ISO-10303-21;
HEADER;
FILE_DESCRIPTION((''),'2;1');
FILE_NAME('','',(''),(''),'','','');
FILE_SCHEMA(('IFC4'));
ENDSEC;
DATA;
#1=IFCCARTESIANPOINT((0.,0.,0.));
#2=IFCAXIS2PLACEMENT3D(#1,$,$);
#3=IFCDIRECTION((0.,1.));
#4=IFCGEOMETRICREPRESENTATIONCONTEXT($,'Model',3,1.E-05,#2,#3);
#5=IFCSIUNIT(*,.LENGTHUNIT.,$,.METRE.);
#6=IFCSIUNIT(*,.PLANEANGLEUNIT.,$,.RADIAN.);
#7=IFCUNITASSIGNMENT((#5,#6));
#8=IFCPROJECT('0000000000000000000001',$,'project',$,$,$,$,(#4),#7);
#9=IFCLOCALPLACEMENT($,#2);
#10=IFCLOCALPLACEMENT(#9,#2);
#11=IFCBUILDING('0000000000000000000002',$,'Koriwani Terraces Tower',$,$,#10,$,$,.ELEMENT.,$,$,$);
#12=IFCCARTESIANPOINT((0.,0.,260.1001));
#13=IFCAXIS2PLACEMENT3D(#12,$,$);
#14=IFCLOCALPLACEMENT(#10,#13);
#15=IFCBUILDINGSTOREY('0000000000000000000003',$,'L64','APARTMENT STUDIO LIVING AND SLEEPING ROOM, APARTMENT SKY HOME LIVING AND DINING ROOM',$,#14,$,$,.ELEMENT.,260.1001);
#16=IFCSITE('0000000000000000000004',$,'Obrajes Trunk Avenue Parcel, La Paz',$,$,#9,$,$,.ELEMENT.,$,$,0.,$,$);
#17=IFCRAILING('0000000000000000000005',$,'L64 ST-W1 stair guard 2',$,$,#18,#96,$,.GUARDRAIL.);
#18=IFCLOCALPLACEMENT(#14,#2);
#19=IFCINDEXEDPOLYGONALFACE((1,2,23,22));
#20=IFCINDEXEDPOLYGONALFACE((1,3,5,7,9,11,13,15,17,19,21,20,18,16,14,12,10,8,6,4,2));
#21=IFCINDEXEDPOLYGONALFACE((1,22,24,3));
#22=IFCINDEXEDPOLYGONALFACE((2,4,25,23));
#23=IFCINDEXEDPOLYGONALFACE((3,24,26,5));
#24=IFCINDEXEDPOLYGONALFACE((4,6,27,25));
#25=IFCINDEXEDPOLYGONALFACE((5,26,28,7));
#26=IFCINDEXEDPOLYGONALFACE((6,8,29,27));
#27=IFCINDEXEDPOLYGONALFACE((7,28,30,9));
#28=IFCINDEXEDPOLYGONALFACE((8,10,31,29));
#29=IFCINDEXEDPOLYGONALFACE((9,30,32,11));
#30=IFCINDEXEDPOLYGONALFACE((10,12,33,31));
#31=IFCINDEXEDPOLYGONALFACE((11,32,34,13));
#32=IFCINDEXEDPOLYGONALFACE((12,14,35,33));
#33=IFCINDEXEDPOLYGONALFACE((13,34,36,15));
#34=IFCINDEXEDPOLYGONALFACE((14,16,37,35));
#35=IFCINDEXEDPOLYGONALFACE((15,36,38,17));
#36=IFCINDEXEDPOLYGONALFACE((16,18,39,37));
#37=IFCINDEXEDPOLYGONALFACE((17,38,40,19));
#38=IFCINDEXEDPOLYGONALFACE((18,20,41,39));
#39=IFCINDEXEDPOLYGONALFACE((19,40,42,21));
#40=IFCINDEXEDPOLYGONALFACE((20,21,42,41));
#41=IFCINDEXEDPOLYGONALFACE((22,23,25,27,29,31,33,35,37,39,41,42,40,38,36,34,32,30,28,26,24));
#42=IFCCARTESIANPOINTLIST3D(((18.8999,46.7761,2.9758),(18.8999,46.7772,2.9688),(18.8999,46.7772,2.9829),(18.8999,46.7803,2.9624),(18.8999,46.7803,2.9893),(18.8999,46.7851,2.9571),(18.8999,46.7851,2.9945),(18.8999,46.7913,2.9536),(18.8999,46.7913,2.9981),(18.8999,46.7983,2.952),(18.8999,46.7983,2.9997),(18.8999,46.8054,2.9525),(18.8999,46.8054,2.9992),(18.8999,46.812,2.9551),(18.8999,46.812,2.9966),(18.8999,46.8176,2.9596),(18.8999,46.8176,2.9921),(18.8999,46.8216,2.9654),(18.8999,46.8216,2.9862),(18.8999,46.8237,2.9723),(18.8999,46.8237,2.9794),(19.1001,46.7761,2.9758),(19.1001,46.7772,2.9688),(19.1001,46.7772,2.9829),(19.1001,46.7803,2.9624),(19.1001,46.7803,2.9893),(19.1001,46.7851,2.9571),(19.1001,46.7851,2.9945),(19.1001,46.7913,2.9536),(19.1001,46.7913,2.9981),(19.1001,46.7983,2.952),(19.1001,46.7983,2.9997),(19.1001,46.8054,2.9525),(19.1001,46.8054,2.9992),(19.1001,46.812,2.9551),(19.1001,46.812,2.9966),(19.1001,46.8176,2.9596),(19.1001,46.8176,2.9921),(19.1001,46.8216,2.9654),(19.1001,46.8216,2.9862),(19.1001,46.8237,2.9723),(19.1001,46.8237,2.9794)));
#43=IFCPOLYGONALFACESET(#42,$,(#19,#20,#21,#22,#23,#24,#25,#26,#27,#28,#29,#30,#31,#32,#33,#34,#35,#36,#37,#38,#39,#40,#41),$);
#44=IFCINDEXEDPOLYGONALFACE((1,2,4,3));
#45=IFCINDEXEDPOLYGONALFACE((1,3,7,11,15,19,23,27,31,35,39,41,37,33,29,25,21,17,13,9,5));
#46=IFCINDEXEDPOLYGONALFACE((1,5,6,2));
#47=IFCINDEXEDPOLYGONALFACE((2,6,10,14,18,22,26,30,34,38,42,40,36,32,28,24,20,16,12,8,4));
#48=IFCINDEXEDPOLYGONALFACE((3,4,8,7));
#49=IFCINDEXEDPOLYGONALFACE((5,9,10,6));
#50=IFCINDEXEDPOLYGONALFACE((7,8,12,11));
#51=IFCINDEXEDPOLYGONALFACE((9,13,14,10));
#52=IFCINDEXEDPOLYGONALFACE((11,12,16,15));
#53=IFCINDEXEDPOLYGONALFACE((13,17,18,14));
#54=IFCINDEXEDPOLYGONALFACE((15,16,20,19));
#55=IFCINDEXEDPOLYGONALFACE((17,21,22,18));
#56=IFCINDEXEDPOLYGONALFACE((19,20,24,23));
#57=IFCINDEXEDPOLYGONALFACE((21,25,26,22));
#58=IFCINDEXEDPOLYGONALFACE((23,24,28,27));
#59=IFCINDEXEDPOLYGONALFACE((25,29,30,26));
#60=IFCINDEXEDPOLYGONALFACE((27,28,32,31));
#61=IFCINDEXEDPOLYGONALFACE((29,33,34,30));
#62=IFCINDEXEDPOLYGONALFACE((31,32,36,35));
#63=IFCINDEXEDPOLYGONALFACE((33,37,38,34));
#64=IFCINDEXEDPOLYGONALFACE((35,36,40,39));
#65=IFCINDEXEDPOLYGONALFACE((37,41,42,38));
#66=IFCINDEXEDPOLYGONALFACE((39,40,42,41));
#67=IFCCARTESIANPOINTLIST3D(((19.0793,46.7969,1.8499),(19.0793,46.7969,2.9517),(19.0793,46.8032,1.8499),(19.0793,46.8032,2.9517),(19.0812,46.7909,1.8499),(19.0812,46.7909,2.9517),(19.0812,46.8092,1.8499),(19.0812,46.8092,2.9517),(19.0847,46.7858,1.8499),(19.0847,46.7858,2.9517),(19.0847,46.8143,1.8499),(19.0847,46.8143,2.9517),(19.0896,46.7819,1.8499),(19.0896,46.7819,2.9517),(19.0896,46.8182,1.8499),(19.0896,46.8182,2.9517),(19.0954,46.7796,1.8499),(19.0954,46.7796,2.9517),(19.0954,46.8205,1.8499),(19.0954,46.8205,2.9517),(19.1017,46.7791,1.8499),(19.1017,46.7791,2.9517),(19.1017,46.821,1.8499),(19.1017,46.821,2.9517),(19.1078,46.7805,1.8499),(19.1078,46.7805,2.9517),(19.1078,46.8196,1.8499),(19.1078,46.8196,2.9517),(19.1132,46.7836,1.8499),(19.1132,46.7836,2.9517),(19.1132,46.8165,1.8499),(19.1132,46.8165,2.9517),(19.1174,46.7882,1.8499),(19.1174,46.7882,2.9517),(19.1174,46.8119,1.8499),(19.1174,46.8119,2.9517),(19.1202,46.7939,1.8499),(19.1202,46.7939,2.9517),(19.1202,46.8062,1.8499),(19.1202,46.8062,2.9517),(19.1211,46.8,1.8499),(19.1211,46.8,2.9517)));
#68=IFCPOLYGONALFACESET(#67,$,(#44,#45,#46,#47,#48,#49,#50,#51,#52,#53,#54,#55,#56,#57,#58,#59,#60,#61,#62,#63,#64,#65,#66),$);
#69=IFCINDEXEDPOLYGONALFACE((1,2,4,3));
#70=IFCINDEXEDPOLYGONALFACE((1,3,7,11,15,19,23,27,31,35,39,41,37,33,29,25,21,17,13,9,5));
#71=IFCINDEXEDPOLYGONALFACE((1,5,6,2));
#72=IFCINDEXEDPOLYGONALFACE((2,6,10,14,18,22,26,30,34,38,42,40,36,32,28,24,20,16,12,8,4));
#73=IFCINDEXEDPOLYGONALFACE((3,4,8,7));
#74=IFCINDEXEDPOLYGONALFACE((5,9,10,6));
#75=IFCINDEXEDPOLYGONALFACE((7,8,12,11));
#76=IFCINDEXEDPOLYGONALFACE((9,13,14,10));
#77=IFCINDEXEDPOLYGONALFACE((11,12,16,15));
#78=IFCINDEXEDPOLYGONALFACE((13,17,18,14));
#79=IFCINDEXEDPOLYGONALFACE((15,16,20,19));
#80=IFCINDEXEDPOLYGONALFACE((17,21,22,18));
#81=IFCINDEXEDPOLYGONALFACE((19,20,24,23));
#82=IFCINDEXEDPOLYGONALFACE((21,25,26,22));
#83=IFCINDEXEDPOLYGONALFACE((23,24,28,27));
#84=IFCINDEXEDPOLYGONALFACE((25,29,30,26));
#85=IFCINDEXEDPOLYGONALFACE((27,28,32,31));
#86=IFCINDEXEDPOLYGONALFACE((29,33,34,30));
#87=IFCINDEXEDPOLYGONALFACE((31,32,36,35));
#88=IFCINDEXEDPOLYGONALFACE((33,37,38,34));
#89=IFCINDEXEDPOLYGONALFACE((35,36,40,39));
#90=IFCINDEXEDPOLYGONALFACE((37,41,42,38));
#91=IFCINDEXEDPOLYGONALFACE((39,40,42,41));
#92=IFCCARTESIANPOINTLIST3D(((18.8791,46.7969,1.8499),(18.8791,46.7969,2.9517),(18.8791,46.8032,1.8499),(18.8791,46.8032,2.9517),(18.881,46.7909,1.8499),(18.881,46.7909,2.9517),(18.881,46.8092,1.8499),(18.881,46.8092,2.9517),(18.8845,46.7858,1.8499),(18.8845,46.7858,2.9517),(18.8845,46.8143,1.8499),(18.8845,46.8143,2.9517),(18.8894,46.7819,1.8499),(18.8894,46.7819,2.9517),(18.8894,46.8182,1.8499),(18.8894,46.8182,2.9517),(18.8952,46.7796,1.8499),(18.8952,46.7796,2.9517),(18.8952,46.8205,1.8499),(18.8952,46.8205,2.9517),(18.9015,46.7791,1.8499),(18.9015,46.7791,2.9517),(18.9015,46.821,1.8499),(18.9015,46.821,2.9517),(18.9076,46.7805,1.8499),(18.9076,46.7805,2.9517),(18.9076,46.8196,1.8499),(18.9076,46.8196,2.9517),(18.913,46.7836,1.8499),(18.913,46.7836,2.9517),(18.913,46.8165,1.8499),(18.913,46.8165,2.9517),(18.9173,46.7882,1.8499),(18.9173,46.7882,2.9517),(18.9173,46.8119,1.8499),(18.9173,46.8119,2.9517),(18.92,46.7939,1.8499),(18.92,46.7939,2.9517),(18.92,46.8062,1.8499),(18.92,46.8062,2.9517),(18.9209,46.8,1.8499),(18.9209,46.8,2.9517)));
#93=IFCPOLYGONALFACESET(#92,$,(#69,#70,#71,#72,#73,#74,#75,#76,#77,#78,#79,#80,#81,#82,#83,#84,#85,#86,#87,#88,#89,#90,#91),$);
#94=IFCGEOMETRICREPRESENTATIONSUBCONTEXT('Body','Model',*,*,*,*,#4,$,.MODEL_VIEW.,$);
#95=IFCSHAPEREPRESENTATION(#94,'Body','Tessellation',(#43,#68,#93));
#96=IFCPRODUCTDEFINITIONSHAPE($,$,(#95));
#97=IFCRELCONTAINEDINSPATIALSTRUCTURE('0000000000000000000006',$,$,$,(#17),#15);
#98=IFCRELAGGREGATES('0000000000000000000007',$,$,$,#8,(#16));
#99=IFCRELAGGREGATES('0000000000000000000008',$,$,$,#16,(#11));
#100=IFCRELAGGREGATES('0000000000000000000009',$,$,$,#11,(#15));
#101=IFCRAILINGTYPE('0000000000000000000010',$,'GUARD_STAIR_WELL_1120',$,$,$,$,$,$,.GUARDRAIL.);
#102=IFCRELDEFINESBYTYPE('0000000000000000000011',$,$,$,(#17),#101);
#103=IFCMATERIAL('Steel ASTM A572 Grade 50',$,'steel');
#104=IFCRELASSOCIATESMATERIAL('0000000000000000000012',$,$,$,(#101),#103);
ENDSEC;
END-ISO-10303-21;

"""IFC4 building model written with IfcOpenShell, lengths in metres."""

from ifc_helpers import new_model, si_unit, direction, frame, origin, origin_2d, place, context, subcontext, project, spatial, circle, extrude, material, type_object, element, save


model = new_model("IFC4")

# Units and contexts
model_context = context("Model", 3, precision=1e-05, world=origin(), true_north=direction((0.0, 1.0)))
body_context = subcontext(model_context, "Body", "Model", "MODEL_VIEW")
ifc_project = project(units=[si_unit("LENGTHUNIT", "METRE"), si_unit("PLANEANGLEUNIT", "RADIAN")], contexts=[model_context])

# Site, building, storey
site_placement = place(None, origin())
site = spatial("IfcSite", under=ifc_project, at=site_placement, Name="Obrajes Trunk Avenue Parcel, La Paz", CompositionType="ELEMENT", RefElevation=0.0)
building_placement = place(site_placement, origin())
building = spatial("IfcBuilding", under=site, at=building_placement, Name="Koriwani Terraces Tower", CompositionType="ELEMENT")
storey_placement = place(building_placement, frame((0.0, 0.0, 260.1001)))
storey = spatial("IfcBuildingStorey", under=building, at=storey_placement, Name="L64", Description="APARTMENT STUDIO LIVING AND SLEEPING ROOM, APARTMENT SKY HOME LIVING AND DINING ROOM", CompositionType="ELEMENT", Elevation=260.1001)

# Railing
ifc_material_1 = material(Name="Steel ASTM A572 Grade 50", Category="steel")
railing_type_1 = type_object("IfcRailingType", Name="GUARD_STAIR_WELL_1120", PredefinedType="GUARDRAIL", material=ifc_material_1)
railing_1_placement = place(storey_placement, frame((19.1001, 46.8, 1.8499)))
element("IfcRailing", 1, at=railing_1_placement, inside=storey, type_object=railing_type_1, Name="L64 ST-W1 stair guard 2", PredefinedType="GUARDRAIL", context=body_context, shape_type="SweptSolid", body=[
    extrude(circle(Radius=0.0239, at=origin_2d()), frame((0.0, 0.0, 1.126), z_axis=(-1.0, 0.0, 0.0), x_axis=(0.0, -1.0, 0.0)), (0.0, 0.0, 1.0), 0.2002),
    extrude(circle(Radius=0.021, at=origin_2d()), origin(), (0.0, 0.0, 1.0), 1.1018),
    extrude(circle(Radius=0.021, at=origin_2d()), frame((-0.2002, 0.0, 0.0)), (0.0, 0.0, 1.0), 1.1018),
])

save(model, "model.ifc")
